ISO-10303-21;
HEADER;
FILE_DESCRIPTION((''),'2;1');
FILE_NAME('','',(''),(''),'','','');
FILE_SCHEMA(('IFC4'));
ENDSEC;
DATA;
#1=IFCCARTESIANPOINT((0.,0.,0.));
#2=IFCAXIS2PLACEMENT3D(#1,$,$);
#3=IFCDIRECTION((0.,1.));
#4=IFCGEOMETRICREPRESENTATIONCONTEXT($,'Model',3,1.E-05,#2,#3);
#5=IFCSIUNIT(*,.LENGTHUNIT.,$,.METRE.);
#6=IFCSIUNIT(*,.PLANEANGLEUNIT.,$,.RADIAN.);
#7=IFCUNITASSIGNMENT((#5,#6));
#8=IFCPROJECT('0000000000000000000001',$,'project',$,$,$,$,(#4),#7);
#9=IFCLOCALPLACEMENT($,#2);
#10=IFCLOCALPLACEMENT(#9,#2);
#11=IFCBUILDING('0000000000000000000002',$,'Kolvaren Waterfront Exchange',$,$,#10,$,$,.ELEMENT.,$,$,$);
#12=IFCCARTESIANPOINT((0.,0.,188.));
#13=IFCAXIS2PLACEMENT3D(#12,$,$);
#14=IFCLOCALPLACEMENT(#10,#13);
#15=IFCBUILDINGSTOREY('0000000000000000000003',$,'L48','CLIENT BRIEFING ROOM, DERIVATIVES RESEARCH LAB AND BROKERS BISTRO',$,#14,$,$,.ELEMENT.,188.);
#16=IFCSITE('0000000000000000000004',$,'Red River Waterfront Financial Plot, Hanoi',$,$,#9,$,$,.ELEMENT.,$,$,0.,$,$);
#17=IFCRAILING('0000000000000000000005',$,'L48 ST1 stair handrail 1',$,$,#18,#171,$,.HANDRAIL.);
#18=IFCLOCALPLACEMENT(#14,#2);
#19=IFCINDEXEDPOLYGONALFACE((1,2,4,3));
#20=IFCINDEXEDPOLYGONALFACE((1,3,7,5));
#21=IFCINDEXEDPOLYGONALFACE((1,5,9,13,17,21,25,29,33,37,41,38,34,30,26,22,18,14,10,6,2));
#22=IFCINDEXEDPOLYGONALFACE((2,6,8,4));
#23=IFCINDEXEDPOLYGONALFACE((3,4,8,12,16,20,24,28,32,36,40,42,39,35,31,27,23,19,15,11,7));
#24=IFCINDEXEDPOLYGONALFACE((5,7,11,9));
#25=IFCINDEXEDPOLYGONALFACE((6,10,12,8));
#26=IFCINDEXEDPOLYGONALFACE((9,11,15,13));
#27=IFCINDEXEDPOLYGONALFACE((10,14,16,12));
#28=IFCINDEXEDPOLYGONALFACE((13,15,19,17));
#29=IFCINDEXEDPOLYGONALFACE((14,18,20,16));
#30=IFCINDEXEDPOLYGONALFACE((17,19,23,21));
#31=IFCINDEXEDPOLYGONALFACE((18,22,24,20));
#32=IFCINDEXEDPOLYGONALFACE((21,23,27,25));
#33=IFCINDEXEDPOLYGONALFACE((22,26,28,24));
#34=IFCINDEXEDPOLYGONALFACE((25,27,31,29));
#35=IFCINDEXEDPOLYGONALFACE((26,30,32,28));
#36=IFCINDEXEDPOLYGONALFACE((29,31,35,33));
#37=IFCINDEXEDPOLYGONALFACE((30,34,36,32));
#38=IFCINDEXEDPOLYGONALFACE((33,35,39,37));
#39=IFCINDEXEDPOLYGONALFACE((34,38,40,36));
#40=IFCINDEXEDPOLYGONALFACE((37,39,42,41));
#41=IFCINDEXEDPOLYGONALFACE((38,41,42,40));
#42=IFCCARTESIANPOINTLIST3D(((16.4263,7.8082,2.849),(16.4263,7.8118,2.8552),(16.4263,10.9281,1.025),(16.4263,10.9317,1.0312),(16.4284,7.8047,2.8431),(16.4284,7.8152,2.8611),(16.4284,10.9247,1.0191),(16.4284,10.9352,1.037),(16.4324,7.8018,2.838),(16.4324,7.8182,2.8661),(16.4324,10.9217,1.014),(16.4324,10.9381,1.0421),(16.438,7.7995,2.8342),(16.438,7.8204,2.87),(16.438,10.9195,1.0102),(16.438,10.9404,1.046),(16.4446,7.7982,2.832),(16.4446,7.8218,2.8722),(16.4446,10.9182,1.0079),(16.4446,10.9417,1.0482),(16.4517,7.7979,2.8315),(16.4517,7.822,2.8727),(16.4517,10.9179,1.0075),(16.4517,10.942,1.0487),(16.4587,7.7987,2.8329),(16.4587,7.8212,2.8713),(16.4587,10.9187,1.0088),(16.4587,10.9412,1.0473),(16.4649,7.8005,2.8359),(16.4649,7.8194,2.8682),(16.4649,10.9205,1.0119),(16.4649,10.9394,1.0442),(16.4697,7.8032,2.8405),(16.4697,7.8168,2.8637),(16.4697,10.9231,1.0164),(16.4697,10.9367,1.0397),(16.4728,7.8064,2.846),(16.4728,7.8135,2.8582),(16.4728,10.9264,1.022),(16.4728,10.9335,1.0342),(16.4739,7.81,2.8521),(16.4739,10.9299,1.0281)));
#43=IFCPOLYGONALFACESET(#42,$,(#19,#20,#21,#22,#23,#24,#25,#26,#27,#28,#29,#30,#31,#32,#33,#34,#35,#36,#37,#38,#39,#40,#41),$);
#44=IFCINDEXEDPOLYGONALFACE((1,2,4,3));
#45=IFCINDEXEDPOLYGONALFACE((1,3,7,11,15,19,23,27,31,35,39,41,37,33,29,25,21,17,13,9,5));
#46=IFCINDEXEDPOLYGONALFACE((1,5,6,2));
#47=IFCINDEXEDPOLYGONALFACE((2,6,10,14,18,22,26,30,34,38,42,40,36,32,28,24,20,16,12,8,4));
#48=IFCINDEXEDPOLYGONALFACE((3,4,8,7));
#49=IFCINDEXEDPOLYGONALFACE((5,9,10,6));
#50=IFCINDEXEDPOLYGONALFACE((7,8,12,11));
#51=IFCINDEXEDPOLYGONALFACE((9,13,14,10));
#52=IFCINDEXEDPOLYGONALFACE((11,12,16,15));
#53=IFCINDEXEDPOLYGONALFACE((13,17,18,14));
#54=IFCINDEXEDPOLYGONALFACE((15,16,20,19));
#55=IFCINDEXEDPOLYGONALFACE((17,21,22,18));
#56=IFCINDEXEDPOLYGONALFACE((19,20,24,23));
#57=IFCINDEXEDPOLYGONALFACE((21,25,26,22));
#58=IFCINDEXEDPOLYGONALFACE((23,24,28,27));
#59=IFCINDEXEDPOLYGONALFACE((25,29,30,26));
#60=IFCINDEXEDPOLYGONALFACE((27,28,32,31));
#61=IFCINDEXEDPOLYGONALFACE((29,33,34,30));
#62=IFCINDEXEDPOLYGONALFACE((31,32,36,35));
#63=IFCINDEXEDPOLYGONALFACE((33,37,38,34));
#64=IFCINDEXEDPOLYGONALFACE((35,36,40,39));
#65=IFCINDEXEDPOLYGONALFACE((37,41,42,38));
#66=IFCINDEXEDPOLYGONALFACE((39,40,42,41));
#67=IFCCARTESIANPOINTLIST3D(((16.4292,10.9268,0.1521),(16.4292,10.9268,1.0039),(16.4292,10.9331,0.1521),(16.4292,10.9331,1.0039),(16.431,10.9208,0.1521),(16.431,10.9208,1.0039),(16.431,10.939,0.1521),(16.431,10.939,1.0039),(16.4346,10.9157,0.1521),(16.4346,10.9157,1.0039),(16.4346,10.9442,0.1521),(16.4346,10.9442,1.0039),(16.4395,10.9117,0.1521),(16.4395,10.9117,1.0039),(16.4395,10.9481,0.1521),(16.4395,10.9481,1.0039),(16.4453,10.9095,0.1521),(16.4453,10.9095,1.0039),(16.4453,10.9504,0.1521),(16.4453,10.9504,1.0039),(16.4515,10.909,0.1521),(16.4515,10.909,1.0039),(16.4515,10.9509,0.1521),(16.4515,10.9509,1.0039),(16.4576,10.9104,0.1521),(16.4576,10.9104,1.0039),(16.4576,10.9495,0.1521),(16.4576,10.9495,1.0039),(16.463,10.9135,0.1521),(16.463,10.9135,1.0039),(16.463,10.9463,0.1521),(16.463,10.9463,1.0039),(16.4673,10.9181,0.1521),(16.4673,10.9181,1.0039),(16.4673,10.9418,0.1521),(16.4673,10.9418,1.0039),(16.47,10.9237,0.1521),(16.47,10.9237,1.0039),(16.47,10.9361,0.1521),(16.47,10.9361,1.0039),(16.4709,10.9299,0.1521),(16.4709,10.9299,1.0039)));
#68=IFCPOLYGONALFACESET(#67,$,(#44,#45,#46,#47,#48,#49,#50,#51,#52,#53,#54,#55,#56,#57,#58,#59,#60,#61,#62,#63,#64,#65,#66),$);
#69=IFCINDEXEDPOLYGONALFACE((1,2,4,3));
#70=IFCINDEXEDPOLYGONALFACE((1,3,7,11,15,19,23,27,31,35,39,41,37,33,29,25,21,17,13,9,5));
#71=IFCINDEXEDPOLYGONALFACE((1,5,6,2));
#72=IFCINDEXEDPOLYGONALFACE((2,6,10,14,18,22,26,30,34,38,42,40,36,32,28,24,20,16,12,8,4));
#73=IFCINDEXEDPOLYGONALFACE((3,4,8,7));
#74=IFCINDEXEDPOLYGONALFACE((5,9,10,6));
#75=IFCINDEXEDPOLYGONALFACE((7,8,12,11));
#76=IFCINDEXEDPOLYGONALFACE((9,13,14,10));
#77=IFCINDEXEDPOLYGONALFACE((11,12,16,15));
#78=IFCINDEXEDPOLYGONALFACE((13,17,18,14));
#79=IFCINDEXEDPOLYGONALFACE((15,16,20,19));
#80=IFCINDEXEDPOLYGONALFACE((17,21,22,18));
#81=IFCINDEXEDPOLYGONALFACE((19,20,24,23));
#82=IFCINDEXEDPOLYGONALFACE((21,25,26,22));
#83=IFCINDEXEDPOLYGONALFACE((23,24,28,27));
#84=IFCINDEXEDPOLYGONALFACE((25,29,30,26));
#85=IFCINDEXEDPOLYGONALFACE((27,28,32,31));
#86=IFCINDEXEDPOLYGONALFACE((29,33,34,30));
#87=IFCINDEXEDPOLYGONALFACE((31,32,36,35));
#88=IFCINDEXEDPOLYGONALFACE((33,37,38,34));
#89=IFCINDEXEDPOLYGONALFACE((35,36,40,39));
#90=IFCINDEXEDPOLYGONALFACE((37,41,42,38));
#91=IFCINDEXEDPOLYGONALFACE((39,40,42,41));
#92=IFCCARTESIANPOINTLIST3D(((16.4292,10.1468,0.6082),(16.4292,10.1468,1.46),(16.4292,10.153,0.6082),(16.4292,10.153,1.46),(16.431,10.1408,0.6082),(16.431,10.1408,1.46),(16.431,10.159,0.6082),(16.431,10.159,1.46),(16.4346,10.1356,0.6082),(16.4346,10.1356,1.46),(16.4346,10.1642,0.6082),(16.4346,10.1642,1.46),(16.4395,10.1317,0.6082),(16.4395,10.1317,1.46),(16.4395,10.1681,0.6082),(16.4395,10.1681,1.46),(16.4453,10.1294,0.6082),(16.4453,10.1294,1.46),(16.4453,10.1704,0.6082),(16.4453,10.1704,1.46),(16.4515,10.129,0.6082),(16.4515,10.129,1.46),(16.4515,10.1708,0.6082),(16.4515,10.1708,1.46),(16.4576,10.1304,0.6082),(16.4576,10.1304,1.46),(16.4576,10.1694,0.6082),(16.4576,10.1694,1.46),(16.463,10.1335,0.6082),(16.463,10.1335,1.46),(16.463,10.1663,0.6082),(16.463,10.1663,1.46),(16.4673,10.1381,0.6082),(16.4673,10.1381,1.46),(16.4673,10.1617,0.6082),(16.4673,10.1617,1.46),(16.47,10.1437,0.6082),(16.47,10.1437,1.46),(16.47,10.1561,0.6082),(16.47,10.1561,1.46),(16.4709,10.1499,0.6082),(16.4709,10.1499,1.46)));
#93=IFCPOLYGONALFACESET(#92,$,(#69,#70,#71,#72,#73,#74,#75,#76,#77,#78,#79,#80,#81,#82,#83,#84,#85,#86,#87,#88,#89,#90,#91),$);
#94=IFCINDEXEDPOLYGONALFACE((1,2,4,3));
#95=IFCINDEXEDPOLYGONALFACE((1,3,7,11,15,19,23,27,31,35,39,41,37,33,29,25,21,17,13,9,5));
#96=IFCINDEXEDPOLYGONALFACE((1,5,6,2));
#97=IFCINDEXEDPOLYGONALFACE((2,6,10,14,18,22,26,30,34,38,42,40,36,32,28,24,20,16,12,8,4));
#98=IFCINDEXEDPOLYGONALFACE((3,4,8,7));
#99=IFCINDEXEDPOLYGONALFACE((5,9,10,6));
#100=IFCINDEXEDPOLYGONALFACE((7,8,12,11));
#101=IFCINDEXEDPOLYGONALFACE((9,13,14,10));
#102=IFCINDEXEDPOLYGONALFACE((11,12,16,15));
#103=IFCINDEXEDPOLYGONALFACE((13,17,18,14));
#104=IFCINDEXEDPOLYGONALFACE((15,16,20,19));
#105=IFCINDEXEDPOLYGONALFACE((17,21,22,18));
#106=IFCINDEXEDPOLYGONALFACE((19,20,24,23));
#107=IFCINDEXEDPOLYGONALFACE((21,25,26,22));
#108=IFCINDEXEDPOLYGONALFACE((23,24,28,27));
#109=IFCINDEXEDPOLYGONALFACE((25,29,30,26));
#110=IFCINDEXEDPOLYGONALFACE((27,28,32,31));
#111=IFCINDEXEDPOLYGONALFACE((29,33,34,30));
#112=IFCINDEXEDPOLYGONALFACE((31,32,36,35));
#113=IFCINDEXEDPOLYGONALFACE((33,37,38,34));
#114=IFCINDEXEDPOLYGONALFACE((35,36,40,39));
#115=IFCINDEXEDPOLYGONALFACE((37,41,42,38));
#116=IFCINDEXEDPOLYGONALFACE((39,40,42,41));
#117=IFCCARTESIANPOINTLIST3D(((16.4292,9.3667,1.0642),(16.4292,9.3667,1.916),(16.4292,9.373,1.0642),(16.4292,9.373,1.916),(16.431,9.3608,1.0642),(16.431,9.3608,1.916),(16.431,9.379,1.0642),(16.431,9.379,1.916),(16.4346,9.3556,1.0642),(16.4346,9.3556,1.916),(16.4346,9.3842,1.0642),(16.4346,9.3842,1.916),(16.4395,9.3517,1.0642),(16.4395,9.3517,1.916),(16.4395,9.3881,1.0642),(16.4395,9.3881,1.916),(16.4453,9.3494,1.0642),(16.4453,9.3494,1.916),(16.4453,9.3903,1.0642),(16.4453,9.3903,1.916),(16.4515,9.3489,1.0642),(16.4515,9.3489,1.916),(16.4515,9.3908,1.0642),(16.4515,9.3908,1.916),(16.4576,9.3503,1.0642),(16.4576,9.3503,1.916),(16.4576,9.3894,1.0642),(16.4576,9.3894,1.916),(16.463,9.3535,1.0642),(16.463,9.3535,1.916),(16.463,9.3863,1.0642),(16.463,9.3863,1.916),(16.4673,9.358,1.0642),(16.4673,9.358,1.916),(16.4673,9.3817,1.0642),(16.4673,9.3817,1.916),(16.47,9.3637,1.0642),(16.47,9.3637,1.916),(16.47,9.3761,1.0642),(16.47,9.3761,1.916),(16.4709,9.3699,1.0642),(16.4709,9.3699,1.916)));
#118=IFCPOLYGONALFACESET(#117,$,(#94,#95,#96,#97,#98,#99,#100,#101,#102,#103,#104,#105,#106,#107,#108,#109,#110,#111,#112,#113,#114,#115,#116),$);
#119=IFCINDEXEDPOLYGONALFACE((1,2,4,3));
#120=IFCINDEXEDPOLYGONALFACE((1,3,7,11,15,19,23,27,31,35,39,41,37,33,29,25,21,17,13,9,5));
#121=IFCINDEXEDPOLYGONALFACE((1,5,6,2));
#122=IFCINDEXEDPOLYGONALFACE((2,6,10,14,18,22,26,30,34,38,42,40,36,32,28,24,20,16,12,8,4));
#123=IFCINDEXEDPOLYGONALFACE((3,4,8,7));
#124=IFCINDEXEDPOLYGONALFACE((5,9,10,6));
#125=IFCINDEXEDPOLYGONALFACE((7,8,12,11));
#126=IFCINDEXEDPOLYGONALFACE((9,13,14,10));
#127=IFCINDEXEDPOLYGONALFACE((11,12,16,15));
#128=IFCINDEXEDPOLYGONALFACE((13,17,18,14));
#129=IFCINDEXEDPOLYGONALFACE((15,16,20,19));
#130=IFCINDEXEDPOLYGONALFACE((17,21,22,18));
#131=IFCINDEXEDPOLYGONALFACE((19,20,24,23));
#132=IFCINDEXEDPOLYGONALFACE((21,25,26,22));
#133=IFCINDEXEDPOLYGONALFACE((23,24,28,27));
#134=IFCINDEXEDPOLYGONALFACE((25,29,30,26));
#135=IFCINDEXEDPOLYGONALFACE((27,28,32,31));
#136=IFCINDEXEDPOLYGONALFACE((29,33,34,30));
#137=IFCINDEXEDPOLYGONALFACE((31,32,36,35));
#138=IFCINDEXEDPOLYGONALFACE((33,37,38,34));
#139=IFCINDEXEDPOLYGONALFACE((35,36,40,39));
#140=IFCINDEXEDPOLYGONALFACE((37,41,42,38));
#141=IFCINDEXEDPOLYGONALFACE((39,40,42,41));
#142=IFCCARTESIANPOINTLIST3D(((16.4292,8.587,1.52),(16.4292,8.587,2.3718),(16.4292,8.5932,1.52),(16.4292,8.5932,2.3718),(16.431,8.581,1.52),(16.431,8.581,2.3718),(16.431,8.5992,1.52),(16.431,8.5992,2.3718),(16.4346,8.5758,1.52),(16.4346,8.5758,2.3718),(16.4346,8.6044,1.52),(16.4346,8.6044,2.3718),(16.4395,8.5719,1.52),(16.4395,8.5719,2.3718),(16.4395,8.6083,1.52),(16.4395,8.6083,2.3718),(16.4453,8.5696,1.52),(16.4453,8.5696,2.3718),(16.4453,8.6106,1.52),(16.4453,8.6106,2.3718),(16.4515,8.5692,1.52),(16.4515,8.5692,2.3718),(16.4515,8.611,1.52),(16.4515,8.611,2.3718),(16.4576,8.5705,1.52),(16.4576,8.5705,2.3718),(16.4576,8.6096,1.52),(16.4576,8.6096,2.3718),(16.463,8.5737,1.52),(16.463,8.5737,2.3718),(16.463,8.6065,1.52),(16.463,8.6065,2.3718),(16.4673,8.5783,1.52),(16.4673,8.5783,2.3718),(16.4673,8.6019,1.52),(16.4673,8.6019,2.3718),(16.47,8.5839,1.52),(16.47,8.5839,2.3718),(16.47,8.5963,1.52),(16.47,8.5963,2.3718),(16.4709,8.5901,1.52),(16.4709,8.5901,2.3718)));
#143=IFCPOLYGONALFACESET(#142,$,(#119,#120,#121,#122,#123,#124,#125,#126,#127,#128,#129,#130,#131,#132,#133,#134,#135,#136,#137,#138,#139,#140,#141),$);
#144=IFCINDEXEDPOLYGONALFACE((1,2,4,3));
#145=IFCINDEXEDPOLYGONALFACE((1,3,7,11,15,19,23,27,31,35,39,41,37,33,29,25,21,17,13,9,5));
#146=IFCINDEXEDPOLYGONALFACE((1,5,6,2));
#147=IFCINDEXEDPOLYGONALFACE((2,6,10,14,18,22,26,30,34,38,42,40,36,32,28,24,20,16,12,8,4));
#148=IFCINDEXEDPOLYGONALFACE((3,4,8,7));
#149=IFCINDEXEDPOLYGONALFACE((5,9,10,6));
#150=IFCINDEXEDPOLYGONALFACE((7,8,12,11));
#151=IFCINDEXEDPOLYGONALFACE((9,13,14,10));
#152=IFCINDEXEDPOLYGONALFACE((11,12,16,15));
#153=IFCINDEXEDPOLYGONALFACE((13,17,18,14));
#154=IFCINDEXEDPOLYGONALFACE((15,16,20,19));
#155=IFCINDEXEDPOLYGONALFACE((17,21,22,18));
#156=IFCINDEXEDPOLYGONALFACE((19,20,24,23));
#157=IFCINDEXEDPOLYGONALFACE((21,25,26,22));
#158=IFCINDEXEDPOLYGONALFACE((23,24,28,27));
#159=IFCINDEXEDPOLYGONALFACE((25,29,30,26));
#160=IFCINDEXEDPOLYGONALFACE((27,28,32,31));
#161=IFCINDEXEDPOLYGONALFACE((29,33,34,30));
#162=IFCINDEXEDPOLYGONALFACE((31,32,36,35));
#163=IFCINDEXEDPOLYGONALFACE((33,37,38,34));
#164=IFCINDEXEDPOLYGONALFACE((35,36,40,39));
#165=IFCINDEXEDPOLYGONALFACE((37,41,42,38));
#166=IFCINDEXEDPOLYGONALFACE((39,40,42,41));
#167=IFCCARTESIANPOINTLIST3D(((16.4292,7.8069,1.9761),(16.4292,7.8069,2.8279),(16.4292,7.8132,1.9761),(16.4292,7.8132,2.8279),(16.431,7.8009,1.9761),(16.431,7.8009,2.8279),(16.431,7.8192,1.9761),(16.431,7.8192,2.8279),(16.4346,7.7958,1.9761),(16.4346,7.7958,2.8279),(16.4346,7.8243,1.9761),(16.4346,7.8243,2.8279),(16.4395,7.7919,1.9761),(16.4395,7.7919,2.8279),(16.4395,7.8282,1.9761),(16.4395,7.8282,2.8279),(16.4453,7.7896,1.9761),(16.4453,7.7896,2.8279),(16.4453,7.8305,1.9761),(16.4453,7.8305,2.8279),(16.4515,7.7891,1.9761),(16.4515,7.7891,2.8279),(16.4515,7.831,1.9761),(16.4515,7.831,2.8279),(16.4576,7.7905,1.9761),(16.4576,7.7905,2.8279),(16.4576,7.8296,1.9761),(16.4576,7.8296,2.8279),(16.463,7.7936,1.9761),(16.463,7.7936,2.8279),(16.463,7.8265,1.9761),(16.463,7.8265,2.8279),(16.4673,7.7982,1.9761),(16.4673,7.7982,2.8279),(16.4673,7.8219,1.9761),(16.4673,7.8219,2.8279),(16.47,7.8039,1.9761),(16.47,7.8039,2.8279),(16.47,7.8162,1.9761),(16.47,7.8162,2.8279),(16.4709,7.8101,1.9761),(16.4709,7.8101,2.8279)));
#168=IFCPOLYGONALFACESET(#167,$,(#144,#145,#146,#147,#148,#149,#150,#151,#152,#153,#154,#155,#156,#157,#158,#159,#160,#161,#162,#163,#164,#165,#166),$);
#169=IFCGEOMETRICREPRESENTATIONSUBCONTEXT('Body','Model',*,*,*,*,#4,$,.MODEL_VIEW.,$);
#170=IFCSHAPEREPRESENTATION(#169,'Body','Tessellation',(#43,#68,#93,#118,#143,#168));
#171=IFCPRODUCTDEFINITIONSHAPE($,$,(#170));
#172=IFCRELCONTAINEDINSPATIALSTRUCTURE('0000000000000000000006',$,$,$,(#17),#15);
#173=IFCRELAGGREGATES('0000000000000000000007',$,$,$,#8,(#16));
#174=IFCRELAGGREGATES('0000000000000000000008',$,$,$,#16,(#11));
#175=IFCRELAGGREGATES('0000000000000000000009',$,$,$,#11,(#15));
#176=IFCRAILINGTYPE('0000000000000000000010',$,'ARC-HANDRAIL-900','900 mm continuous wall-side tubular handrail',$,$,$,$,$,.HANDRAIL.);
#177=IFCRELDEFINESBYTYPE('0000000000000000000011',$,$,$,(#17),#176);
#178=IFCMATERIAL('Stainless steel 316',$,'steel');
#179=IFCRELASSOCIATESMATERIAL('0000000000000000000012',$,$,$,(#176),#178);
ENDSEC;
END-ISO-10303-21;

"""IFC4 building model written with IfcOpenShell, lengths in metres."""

from ifc_helpers import new_model, si_unit, direction, frame, origin, origin_2d, place, context, subcontext, project, spatial, circle, extrude, material, type_object, element, save


model = new_model("IFC4")

# Units and contexts
model_context = context("Model", 3, precision=1e-05, world=origin(), true_north=direction((0.0, 1.0)))
body_context = subcontext(model_context, "Body", "Model", "MODEL_VIEW")
ifc_project = project(units=[si_unit("LENGTHUNIT", "METRE"), si_unit("PLANEANGLEUNIT", "RADIAN")], contexts=[model_context])

# Site, building, storey
site_placement = place(None, origin())
site = spatial("IfcSite", under=ifc_project, at=site_placement, Name="Red River Waterfront Financial Plot, Hanoi", CompositionType="ELEMENT", RefElevation=0.0)
building_placement = place(site_placement, origin())
building = spatial("IfcBuilding", under=site, at=building_placement, Name="Kolvaren Waterfront Exchange", CompositionType="ELEMENT")
storey_placement = place(building_placement, frame((0.0, 0.0, 188.0)))
storey = spatial("IfcBuildingStorey", under=building, at=storey_placement, Name="L48", Description="CLIENT BRIEFING ROOM, DERIVATIVES RESEARCH LAB AND BROKERS BISTRO", CompositionType="ELEMENT", Elevation=188.0)

# Railing
ifc_material_1 = material(Name="Stainless steel 316", Category="steel")
railing_type_1 = type_object("IfcRailingType", Name="ARC-HANDRAIL-900", Description="900 mm continuous wall-side tubular handrail", PredefinedType="HANDRAIL", material=ifc_material_1)
railing_1_placement = place(storey_placement, frame((16.45, 10.9299, 0.1521)))
element("IfcRailing", 1, at=railing_1_placement, inside=storey, type_object=railing_type_1, Name="L48 ST1 stair handrail 1", PredefinedType="HANDRAIL", context=body_context, shape_type="SweptSolid", body=[
    extrude(circle(Radius=0.0239, at=origin_2d()), frame((0.0, 0.0, 0.876), z_axis=(0.0, -0.863291, 0.504707), x_axis=(1.0, 0.0, 0.0)), (0.0, 0.0, 1.0), 3.614),
    extrude(circle(Radius=0.021, at=origin_2d()), origin(), (0.0, 0.0, 1.0), 0.8518),
    extrude(circle(Radius=0.021, at=origin_2d()), frame((0.0, -0.78, 0.4561)), (0.0, 0.0, 1.0), 0.8518),
    extrude(circle(Radius=0.021, at=origin_2d()), frame((0.0, -1.5601, 0.9121)), (0.0, 0.0, 1.0), 0.8518),
    extrude(circle(Radius=0.021, at=origin_2d()), frame((0.0, -2.3398, 1.3679)), (0.0, 0.0, 1.0), 0.8518),
    extrude(circle(Radius=0.021, at=origin_2d()), frame((0.0, -3.1199, 1.824)), (0.0, 0.0, 1.0), 0.8518),
])

save(model, "model.ifc")
